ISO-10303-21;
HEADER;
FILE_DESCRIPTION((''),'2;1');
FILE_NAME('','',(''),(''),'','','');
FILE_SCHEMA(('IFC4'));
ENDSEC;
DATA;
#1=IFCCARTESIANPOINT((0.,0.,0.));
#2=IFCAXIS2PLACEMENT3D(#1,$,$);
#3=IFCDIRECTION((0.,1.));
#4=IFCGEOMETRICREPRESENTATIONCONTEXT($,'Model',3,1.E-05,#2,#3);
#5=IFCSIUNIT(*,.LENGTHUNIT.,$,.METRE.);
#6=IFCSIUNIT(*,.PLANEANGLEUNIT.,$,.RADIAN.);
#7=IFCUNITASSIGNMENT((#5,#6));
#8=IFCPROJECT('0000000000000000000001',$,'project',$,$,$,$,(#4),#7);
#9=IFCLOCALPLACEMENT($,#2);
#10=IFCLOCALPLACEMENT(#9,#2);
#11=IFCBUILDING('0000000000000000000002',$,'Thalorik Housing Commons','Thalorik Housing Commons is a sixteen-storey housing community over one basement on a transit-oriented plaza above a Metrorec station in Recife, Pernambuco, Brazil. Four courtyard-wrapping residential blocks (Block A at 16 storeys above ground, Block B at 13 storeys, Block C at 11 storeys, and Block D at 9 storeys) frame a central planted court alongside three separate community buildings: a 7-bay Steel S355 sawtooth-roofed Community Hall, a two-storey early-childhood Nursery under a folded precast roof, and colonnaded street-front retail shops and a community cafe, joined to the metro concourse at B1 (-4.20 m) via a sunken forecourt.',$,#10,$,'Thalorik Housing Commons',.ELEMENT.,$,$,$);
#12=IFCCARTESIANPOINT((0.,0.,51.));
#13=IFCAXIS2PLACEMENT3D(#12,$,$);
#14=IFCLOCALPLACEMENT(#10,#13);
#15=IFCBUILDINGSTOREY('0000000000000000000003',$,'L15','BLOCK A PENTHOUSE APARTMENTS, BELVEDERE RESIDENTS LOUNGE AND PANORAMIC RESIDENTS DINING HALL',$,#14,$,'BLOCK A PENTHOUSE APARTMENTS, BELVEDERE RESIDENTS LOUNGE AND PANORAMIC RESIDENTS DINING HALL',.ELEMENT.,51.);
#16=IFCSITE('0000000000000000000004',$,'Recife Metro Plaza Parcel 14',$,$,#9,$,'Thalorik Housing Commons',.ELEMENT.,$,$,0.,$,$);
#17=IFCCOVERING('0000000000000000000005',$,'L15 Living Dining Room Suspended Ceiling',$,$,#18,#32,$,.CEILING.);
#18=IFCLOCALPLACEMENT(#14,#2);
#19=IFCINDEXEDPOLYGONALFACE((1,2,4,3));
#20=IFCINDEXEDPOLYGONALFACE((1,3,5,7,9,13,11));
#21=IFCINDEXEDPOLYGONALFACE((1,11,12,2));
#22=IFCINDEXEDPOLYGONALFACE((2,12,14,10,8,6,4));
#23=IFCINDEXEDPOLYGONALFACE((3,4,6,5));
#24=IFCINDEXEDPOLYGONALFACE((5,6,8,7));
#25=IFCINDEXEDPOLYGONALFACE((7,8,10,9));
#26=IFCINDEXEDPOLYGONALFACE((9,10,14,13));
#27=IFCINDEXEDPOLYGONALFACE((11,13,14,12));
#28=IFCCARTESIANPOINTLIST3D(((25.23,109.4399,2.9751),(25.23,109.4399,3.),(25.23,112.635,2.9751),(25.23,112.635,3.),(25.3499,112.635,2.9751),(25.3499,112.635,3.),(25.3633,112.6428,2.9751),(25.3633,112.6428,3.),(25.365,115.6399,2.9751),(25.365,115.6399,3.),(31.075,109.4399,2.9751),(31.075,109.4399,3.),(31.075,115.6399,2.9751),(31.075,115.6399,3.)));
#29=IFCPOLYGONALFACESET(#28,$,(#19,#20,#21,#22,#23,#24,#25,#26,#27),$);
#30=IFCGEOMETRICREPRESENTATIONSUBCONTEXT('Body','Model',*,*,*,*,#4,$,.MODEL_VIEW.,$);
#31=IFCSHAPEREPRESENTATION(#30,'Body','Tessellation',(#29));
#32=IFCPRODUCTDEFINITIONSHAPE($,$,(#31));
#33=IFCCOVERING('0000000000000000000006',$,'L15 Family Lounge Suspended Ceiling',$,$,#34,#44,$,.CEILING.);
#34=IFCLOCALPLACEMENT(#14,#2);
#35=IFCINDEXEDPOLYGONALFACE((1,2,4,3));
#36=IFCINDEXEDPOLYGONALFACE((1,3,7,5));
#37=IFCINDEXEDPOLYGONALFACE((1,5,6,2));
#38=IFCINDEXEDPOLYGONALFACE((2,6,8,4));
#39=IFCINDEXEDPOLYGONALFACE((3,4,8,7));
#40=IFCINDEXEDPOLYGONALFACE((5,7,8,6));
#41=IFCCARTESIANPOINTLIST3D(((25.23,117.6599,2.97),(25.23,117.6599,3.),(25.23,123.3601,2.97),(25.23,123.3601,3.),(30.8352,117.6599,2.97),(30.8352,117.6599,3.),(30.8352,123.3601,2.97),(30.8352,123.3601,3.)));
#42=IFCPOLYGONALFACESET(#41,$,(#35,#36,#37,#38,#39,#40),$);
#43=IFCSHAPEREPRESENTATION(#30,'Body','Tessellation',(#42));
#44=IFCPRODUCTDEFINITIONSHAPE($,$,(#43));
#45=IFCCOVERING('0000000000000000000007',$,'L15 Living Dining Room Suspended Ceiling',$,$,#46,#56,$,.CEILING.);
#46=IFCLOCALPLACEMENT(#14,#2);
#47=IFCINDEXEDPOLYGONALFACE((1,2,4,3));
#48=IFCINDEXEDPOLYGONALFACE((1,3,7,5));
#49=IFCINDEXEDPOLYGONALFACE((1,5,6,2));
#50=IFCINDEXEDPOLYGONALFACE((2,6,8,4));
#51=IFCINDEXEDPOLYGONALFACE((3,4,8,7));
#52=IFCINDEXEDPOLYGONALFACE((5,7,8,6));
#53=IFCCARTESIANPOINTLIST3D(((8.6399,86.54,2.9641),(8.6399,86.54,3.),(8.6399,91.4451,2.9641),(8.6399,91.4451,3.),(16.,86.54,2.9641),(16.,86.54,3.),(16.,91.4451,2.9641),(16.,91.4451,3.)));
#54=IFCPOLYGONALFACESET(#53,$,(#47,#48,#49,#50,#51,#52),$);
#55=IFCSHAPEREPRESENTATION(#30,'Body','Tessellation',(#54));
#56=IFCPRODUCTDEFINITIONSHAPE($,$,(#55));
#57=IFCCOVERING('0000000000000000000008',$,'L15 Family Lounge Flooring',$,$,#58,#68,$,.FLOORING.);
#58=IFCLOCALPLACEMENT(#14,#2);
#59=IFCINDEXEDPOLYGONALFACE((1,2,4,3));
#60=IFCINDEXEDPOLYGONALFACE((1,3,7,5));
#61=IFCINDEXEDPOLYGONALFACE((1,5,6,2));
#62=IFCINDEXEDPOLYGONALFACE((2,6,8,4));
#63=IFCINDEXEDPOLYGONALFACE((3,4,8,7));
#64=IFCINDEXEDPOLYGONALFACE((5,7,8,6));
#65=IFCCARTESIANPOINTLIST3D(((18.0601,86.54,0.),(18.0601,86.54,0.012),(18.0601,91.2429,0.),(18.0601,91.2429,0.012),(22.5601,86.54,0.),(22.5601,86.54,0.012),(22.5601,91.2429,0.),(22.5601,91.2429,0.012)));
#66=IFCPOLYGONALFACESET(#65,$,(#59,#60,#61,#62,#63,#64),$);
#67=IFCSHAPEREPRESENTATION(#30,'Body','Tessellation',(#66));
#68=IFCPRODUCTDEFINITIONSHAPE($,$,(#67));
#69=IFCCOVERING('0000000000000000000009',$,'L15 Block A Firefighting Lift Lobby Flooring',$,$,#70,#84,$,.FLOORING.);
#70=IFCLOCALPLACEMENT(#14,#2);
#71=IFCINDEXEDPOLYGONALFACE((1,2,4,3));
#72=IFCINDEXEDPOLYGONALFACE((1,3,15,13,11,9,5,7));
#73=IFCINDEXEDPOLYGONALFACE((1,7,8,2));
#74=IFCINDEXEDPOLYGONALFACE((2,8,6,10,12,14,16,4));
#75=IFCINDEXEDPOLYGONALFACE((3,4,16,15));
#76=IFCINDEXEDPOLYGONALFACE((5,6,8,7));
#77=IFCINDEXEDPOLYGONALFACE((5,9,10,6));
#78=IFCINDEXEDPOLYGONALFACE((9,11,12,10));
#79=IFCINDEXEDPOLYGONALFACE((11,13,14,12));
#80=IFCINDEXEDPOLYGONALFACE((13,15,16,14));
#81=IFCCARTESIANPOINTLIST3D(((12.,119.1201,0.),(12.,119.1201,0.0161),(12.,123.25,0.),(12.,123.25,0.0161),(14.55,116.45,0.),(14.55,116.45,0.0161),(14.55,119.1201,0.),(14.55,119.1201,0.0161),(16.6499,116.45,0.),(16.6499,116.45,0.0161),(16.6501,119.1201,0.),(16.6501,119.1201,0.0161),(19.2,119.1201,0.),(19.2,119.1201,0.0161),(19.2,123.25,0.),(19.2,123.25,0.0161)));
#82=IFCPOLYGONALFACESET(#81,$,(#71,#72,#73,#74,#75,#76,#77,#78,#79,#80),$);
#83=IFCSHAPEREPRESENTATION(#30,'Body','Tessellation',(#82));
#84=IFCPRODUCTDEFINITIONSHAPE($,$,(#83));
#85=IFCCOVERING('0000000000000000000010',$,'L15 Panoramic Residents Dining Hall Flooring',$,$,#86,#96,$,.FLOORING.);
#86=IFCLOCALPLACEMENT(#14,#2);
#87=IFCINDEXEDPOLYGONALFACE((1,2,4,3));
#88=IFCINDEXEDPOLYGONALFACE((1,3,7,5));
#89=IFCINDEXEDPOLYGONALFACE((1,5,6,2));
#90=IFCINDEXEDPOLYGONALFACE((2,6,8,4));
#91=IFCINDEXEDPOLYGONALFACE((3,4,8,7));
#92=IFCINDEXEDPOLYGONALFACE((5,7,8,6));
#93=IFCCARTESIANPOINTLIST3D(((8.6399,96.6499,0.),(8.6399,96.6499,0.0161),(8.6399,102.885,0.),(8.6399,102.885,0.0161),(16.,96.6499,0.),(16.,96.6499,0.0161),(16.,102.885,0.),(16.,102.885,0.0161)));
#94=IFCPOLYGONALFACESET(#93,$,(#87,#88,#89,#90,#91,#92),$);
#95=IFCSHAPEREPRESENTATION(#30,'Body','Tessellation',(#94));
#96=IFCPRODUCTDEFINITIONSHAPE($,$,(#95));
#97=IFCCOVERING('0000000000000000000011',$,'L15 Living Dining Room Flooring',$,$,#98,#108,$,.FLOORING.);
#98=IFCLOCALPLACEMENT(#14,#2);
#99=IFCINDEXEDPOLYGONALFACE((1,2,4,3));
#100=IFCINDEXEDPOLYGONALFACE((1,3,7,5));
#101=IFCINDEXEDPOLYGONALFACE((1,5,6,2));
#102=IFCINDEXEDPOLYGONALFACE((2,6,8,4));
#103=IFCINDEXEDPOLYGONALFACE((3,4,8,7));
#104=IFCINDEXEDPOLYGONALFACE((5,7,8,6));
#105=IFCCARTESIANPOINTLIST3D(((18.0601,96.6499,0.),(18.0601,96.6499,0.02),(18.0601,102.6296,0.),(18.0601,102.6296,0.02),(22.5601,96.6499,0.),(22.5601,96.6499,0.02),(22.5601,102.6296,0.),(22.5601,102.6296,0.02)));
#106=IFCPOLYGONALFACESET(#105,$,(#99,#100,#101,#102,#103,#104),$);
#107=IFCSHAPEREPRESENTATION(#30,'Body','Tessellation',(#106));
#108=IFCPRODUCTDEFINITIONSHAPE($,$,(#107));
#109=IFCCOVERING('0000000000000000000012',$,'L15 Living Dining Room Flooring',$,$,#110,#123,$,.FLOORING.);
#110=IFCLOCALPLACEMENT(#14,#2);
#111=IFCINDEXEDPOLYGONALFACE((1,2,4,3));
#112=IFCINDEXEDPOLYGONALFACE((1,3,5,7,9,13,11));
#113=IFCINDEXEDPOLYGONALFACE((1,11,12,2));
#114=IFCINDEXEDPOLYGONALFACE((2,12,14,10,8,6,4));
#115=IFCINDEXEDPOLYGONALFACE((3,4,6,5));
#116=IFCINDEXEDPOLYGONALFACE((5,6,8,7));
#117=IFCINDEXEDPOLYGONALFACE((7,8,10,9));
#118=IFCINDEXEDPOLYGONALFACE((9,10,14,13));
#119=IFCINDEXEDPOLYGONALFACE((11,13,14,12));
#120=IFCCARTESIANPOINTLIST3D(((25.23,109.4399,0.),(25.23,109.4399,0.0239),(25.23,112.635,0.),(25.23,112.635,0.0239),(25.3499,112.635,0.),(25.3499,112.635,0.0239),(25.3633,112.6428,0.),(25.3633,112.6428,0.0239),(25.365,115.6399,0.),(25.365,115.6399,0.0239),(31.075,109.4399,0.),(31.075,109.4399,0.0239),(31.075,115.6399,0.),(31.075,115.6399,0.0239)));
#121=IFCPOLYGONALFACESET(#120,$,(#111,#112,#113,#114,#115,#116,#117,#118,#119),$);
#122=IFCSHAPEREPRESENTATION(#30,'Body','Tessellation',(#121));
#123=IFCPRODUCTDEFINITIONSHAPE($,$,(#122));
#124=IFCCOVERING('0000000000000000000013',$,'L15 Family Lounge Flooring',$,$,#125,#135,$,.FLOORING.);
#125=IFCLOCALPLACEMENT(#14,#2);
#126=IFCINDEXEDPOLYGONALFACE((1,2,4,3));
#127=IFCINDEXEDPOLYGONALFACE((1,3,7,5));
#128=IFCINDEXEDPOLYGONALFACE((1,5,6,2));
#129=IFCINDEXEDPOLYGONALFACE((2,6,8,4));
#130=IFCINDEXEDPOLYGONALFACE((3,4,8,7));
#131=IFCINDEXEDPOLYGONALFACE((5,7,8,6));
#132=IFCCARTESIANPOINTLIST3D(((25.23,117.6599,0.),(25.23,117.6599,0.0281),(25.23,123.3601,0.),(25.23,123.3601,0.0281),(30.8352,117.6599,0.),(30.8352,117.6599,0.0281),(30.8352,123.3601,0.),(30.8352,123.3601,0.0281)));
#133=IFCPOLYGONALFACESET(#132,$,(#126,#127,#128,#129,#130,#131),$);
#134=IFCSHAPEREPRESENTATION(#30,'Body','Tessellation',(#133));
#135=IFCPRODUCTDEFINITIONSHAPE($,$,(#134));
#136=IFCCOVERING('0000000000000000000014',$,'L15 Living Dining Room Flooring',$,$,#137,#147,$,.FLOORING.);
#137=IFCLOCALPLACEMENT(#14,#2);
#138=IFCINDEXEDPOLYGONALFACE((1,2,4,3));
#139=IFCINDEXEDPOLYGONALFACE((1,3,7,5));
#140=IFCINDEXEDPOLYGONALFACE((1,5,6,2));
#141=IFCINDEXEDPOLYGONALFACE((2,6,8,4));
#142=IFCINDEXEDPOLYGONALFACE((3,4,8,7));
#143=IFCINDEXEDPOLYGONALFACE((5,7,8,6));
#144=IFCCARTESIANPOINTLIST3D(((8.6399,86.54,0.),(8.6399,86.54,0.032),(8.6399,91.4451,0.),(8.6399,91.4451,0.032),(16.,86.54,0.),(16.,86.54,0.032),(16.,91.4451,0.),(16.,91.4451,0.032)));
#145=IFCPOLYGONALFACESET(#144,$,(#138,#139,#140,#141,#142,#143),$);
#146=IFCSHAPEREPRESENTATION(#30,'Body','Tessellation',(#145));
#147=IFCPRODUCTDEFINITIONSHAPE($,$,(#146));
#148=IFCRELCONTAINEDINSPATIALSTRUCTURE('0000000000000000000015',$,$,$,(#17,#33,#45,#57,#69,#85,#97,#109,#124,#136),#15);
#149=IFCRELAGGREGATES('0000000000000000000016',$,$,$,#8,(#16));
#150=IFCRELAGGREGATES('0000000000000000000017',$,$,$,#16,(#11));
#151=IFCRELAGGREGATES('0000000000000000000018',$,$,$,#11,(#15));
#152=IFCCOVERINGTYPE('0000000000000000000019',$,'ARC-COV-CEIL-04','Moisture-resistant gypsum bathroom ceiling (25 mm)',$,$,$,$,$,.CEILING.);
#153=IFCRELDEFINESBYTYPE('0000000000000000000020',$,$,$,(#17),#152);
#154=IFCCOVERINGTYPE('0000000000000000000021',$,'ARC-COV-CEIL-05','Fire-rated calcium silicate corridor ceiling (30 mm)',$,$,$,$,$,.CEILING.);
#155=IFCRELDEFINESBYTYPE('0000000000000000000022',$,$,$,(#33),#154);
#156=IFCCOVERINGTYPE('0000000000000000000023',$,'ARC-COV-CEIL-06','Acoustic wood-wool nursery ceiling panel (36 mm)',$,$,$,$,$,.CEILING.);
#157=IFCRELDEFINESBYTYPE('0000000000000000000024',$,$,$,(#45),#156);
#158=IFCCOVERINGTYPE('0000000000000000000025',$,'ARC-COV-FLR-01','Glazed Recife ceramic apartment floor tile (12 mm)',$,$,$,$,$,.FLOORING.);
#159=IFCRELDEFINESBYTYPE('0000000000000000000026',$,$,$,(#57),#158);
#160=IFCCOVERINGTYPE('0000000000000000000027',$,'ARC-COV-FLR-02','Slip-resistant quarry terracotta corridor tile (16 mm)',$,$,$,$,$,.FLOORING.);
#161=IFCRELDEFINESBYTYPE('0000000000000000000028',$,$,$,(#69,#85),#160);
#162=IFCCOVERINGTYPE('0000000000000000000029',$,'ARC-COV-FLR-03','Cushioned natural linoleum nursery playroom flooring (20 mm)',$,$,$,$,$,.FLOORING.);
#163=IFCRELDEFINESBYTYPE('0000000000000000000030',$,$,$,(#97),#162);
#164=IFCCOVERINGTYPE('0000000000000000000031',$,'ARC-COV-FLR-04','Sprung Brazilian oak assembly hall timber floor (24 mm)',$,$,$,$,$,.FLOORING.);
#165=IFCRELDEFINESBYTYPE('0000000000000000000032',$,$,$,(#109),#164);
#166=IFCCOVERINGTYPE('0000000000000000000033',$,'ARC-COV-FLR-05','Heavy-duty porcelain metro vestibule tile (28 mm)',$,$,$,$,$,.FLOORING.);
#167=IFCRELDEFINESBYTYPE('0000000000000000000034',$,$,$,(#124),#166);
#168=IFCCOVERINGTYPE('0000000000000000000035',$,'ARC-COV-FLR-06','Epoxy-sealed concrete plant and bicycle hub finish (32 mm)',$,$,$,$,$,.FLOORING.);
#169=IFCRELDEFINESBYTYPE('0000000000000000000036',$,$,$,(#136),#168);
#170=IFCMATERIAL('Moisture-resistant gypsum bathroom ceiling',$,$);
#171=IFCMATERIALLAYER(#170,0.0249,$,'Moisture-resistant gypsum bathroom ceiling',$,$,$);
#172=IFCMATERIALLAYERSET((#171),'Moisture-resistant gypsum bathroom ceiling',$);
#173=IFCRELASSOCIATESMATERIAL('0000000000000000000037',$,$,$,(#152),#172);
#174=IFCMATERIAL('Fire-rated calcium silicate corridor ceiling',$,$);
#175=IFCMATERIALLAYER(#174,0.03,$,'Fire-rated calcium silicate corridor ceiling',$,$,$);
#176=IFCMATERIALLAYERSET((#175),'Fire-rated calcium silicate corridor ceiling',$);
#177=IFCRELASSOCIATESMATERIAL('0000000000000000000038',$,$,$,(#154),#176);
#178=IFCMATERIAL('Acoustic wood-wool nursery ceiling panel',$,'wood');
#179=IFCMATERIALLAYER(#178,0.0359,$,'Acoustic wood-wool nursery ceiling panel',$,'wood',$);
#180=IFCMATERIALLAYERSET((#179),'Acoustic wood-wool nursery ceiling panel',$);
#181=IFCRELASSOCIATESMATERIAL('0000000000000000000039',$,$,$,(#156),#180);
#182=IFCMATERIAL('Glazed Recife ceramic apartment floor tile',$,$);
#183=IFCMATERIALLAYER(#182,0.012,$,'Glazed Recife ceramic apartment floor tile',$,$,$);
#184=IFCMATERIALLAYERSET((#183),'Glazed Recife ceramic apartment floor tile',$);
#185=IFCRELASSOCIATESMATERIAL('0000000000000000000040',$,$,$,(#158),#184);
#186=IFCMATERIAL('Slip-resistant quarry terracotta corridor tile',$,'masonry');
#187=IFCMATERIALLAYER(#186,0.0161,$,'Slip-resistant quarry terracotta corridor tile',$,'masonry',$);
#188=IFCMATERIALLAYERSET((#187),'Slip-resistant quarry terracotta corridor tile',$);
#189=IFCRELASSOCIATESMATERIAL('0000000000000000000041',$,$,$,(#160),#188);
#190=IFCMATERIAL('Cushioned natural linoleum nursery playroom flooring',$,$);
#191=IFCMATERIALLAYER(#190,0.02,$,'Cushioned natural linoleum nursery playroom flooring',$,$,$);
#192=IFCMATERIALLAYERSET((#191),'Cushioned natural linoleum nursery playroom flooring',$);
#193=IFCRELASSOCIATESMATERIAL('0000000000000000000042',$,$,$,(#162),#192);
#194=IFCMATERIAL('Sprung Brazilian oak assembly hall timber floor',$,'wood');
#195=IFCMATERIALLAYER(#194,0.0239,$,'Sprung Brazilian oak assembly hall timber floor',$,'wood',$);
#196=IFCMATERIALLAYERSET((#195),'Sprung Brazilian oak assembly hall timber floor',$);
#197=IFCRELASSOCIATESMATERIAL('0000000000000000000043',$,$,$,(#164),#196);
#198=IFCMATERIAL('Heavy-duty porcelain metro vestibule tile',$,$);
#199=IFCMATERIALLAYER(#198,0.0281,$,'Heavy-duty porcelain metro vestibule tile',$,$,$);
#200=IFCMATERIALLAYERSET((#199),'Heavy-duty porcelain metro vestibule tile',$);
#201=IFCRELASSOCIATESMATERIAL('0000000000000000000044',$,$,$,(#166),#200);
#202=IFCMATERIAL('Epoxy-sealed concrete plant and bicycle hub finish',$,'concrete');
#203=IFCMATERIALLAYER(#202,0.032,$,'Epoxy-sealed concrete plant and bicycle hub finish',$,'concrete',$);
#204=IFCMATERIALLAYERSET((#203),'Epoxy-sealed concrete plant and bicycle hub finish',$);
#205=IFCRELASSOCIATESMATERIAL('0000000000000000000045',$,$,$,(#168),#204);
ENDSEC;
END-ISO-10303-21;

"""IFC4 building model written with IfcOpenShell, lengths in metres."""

from ifc_helpers import new_model, si_unit, direction, frame, origin, place, context, subcontext, project, spatial, polyline, outline, extrude, material, layer, layer_set, type_object, element, save


model = new_model("IFC4")

# Units and contexts
model_context = context("Model", 3, precision=1e-05, world=origin(), true_north=direction((0.0, 1.0)))
body_context = subcontext(model_context, "Body", "Model", "MODEL_VIEW")
ifc_project = project(units=[si_unit("LENGTHUNIT", "METRE"), si_unit("PLANEANGLEUNIT", "RADIAN")], contexts=[model_context])

# Site, building, storey
site_placement = place(None, origin())
site = spatial("IfcSite", under=ifc_project, at=site_placement, Name="Recife Metro Plaza Parcel 14", LongName="Thalorik Housing Commons", CompositionType="ELEMENT", RefElevation=0.0)
building_placement = place(site_placement, origin())
building = spatial("IfcBuilding", under=site, at=building_placement, Name="Thalorik Housing Commons", Description="Thalorik Housing Commons is a sixteen-storey housing community over one basement on a transit-oriented plaza above a Metrorec station in Recife, Pernambuco, Brazil. Four courtyard-wrapping residential blocks (Block A at 16 storeys above ground, Block B at 13 storeys, Block C at 11 storeys, and Block D at 9 storeys) frame a central planted court alongside three separate community buildings: a 7-bay Steel S355 sawtooth-roofed Community Hall, a two-storey early-childhood Nursery under a folded precast roof, and colonnaded street-front retail shops and a community cafe, joined to the metro concourse at B1 (-4.20 m) via a sunken forecourt.", LongName="Thalorik Housing Commons", CompositionType="ELEMENT")
storey_placement = place(building_placement, frame((0.0, 0.0, 51.0)))
storey = spatial("IfcBuildingStorey", under=building, at=storey_placement, Name="L15", Description="BLOCK A PENTHOUSE APARTMENTS, BELVEDERE RESIDENTS LOUNGE AND PANORAMIC RESIDENTS DINING HALL", LongName="BLOCK A PENTHOUSE APARTMENTS, BELVEDERE RESIDENTS LOUNGE AND PANORAMIC RESIDENTS DINING HALL", CompositionType="ELEMENT", Elevation=51.0)

# Coverings
ifc_material_1 = material(Name="Moisture-resistant gypsum bathroom ceiling")
ifc_layer_1 = layer(ifc_material_1, 0.0249, Name="Moisture-resistant gypsum bathroom ceiling")
ifc_layer_set_1 = layer_set([ifc_layer_1], Name="Moisture-resistant gypsum bathroom ceiling")
covering_type_1 = type_object("IfcCoveringType", Name="ARC-COV-CEIL-04", Description="Moisture-resistant gypsum bathroom ceiling (25 mm)", PredefinedType="CEILING", material=ifc_layer_set_1)
covering_1_placement = place(storey_placement, frame((0.0, 0.0, 2.9751)))
element("IfcCovering", 1, at=covering_1_placement, inside=storey, type_object=covering_type_1, Name="L15 Living Dining Room Suspended Ceiling", PredefinedType="CEILING", context=body_context, shape_type="SweptSolid", body=[
    extrude(outline(polyline([(25.23, 109.4399), (31.075, 109.4399), (31.075, 115.6399), (25.365, 115.6399), (25.3633, 112.6428), (25.3499, 112.635), (25.23, 112.635), (25.23, 109.4399)])), origin(), (0.0, 0.0, 1.0), 0.0249),
])
ifc_material_2 = material(Name="Fire-rated calcium silicate corridor ceiling")
ifc_layer_2 = layer(ifc_material_2, 0.03, Name="Fire-rated calcium silicate corridor ceiling")
ifc_layer_set_2 = layer_set([ifc_layer_2], Name="Fire-rated calcium silicate corridor ceiling")
covering_type_2 = type_object("IfcCoveringType", Name="ARC-COV-CEIL-05", Description="Fire-rated calcium silicate corridor ceiling (30 mm)", PredefinedType="CEILING", material=ifc_layer_set_2)
covering_2_placement = place(storey_placement, frame((0.0, 0.0, 2.97)))
element("IfcCovering", 2, at=covering_2_placement, inside=storey, type_object=covering_type_2, Name="L15 Family Lounge Suspended Ceiling", PredefinedType="CEILING", context=body_context, shape_type="SweptSolid", body=[
    extrude(outline(polyline([(30.8352, 117.6599), (30.8352, 123.3601), (25.23, 123.3601), (25.23, 117.6599), (30.8352, 117.6599)])), origin(), (0.0, 0.0, 1.0), 0.03),
])
ifc_material_3 = material(Name="Acoustic wood-wool nursery ceiling panel", Category="wood")
ifc_layer_3 = layer(ifc_material_3, 0.0359, Name="Acoustic wood-wool nursery ceiling panel", Category="wood")
ifc_layer_set_3 = layer_set([ifc_layer_3], Name="Acoustic wood-wool nursery ceiling panel")
covering_type_3 = type_object("IfcCoveringType", Name="ARC-COV-CEIL-06", Description="Acoustic wood-wool nursery ceiling panel (36 mm)", PredefinedType="CEILING", material=ifc_layer_set_3)
covering_3_placement = place(storey_placement, frame((0.0, 0.0, 2.9641)))
element("IfcCovering", 3, at=covering_3_placement, inside=storey, type_object=covering_type_3, Name="L15 Living Dining Room Suspended Ceiling", PredefinedType="CEILING", context=body_context, shape_type="SweptSolid", body=[
    extrude(outline(polyline([(16.0, 91.4451), (8.6399, 91.4451), (8.6399, 86.54), (16.0, 86.54), (16.0, 91.4451)])), origin(), (0.0, 0.0, 1.0), 0.0359),
])
ifc_material_4 = material(Name="Glazed Recife ceramic apartment floor tile")
ifc_layer_4 = layer(ifc_material_4, 0.012, Name="Glazed Recife ceramic apartment floor tile")
ifc_layer_set_4 = layer_set([ifc_layer_4], Name="Glazed Recife ceramic apartment floor tile")
covering_type_4 = type_object("IfcCoveringType", Name="ARC-COV-FLR-01", Description="Glazed Recife ceramic apartment floor tile (12 mm)", PredefinedType="FLOORING", material=ifc_layer_set_4)
covering_4_placement = place(storey_placement, origin())
element("IfcCovering", 4, at=covering_4_placement, inside=storey, type_object=covering_type_4, Name="L15 Family Lounge Flooring", PredefinedType="FLOORING", context=body_context, shape_type="SweptSolid", body=[
    extrude(outline(polyline([(22.5601, 91.2429), (18.0601, 91.2429), (18.0601, 86.54), (22.5601, 86.54), (22.5601, 91.2429)])), origin(), (0.0, 0.0, 1.0), 0.012),
])
ifc_material_5 = material(Name="Slip-resistant quarry terracotta corridor tile", Category="masonry")
ifc_layer_5 = layer(ifc_material_5, 0.0161, Name="Slip-resistant quarry terracotta corridor tile", Category="masonry")
ifc_layer_set_5 = layer_set([ifc_layer_5], Name="Slip-resistant quarry terracotta corridor tile")
covering_type_5 = type_object("IfcCoveringType", Name="ARC-COV-FLR-02", Description="Slip-resistant quarry terracotta corridor tile (16 mm)", PredefinedType="FLOORING", material=ifc_layer_set_5)
covering_5_placement = place(storey_placement, origin())
element("IfcCovering", 5, at=covering_5_placement, inside=storey, type_object=covering_type_5, Name="L15 Block A Firefighting Lift Lobby Flooring", PredefinedType="FLOORING", context=body_context, shape_type="SweptSolid", body=[
    extrude(outline(polyline([(14.55, 116.45), (16.6499, 116.45), (16.6501, 119.1201), (19.2, 119.1201), (19.2, 123.25), (12.0, 123.25), (12.0, 119.1201), (14.55, 119.1201), (14.55, 116.45)])), origin(), (0.0, 0.0, 1.0), 0.0161),
])
covering_6_placement = place(storey_placement, origin())
element("IfcCovering", 6, at=covering_6_placement, inside=storey, type_object=covering_type_5, Name="L15 Panoramic Residents Dining Hall Flooring", PredefinedType="FLOORING", context=body_context, shape_type="SweptSolid", body=[
    extrude(outline(polyline([(16.0, 102.885), (8.6399, 102.885), (8.6399, 96.6499), (16.0, 96.6499), (16.0, 102.885)])), origin(), (0.0, 0.0, 1.0), 0.0161),
])
ifc_material_6 = material(Name="Cushioned natural linoleum nursery playroom flooring")
ifc_layer_6 = layer(ifc_material_6, 0.02, Name="Cushioned natural linoleum nursery playroom flooring")
ifc_layer_set_6 = layer_set([ifc_layer_6], Name="Cushioned natural linoleum nursery playroom flooring")
covering_type_6 = type_object("IfcCoveringType", Name="ARC-COV-FLR-03", Description="Cushioned natural linoleum nursery playroom flooring (20 mm)", PredefinedType="FLOORING", material=ifc_layer_set_6)
covering_7_placement = place(storey_placement, origin())
element("IfcCovering", 7, at=covering_7_placement, inside=storey, type_object=covering_type_6, Name="L15 Living Dining Room Flooring", PredefinedType="FLOORING", context=body_context, shape_type="SweptSolid", body=[
    extrude(outline(polyline([(22.5601, 102.6296), (18.0601, 102.6296), (18.0601, 96.6499), (22.5601, 96.6499), (22.5601, 102.6296)])), origin(), (0.0, 0.0, 1.0), 0.02),
])
ifc_material_7 = material(Name="Sprung Brazilian oak assembly hall timber floor", Category="wood")
ifc_layer_7 = layer(ifc_material_7, 0.0239, Name="Sprung Brazilian oak assembly hall timber floor", Category="wood")
ifc_layer_set_7 = layer_set([ifc_layer_7], Name="Sprung Brazilian oak assembly hall timber floor")
covering_type_7 = type_object("IfcCoveringType", Name="ARC-COV-FLR-04", Description="Sprung Brazilian oak assembly hall timber floor (24 mm)", PredefinedType="FLOORING", material=ifc_layer_set_7)
covering_8_placement = place(storey_placement, origin())
element("IfcCovering", 8, at=covering_8_placement, inside=storey, type_object=covering_type_7, Name="L15 Living Dining Room Flooring", PredefinedType="FLOORING", context=body_context, shape_type="SweptSolid", body=[
    extrude(outline(polyline([(25.23, 109.4399), (31.075, 109.4399), (31.075, 115.6399), (25.365, 115.6399), (25.3633, 112.6428), (25.3499, 112.635), (25.23, 112.635), (25.23, 109.4399)])), origin(), (0.0, 0.0, 1.0), 0.0239),
])
ifc_material_8 = material(Name="Heavy-duty porcelain metro vestibule tile")
ifc_layer_8 = layer(ifc_material_8, 0.0281, Name="Heavy-duty porcelain metro vestibule tile")
ifc_layer_set_8 = layer_set([ifc_layer_8], Name="Heavy-duty porcelain metro vestibule tile")
covering_type_8 = type_object("IfcCoveringType", Name="ARC-COV-FLR-05", Description="Heavy-duty porcelain metro vestibule tile (28 mm)", PredefinedType="FLOORING", material=ifc_layer_set_8)
covering_9_placement = place(storey_placement, origin())
element("IfcCovering", 9, at=covering_9_placement, inside=storey, type_object=covering_type_8, Name="L15 Family Lounge Flooring", PredefinedType="FLOORING", context=body_context, shape_type="SweptSolid", body=[
    extrude(outline(polyline([(30.8352, 117.6599), (30.8352, 123.3601), (25.23, 123.3601), (25.23, 117.6599), (30.8352, 117.6599)])), origin(), (0.0, 0.0, 1.0), 0.0281),
])
ifc_material_9 = material(Name="Epoxy-sealed concrete plant and bicycle hub finish", Category="concrete")
ifc_layer_9 = layer(ifc_material_9, 0.032, Name="Epoxy-sealed concrete plant and bicycle hub finish", Category="concrete")
ifc_layer_set_9 = layer_set([ifc_layer_9], Name="Epoxy-sealed concrete plant and bicycle hub finish")
covering_type_9 = type_object("IfcCoveringType", Name="ARC-COV-FLR-06", Description="Epoxy-sealed concrete plant and bicycle hub finish (32 mm)", PredefinedType="FLOORING", material=ifc_layer_set_9)
covering_10_placement = place(storey_placement, origin())
element("IfcCovering", 10, at=covering_10_placement, inside=storey, type_object=covering_type_9, Name="L15 Living Dining Room Flooring", PredefinedType="FLOORING", context=body_context, shape_type="SweptSolid", body=[
    extrude(outline(polyline([(16.0, 91.4451), (8.6399, 91.4451), (8.6399, 86.54), (16.0, 86.54), (16.0, 91.4451)])), origin(), (0.0, 0.0, 1.0), 0.032),
])

save(model, "model.ifc")
